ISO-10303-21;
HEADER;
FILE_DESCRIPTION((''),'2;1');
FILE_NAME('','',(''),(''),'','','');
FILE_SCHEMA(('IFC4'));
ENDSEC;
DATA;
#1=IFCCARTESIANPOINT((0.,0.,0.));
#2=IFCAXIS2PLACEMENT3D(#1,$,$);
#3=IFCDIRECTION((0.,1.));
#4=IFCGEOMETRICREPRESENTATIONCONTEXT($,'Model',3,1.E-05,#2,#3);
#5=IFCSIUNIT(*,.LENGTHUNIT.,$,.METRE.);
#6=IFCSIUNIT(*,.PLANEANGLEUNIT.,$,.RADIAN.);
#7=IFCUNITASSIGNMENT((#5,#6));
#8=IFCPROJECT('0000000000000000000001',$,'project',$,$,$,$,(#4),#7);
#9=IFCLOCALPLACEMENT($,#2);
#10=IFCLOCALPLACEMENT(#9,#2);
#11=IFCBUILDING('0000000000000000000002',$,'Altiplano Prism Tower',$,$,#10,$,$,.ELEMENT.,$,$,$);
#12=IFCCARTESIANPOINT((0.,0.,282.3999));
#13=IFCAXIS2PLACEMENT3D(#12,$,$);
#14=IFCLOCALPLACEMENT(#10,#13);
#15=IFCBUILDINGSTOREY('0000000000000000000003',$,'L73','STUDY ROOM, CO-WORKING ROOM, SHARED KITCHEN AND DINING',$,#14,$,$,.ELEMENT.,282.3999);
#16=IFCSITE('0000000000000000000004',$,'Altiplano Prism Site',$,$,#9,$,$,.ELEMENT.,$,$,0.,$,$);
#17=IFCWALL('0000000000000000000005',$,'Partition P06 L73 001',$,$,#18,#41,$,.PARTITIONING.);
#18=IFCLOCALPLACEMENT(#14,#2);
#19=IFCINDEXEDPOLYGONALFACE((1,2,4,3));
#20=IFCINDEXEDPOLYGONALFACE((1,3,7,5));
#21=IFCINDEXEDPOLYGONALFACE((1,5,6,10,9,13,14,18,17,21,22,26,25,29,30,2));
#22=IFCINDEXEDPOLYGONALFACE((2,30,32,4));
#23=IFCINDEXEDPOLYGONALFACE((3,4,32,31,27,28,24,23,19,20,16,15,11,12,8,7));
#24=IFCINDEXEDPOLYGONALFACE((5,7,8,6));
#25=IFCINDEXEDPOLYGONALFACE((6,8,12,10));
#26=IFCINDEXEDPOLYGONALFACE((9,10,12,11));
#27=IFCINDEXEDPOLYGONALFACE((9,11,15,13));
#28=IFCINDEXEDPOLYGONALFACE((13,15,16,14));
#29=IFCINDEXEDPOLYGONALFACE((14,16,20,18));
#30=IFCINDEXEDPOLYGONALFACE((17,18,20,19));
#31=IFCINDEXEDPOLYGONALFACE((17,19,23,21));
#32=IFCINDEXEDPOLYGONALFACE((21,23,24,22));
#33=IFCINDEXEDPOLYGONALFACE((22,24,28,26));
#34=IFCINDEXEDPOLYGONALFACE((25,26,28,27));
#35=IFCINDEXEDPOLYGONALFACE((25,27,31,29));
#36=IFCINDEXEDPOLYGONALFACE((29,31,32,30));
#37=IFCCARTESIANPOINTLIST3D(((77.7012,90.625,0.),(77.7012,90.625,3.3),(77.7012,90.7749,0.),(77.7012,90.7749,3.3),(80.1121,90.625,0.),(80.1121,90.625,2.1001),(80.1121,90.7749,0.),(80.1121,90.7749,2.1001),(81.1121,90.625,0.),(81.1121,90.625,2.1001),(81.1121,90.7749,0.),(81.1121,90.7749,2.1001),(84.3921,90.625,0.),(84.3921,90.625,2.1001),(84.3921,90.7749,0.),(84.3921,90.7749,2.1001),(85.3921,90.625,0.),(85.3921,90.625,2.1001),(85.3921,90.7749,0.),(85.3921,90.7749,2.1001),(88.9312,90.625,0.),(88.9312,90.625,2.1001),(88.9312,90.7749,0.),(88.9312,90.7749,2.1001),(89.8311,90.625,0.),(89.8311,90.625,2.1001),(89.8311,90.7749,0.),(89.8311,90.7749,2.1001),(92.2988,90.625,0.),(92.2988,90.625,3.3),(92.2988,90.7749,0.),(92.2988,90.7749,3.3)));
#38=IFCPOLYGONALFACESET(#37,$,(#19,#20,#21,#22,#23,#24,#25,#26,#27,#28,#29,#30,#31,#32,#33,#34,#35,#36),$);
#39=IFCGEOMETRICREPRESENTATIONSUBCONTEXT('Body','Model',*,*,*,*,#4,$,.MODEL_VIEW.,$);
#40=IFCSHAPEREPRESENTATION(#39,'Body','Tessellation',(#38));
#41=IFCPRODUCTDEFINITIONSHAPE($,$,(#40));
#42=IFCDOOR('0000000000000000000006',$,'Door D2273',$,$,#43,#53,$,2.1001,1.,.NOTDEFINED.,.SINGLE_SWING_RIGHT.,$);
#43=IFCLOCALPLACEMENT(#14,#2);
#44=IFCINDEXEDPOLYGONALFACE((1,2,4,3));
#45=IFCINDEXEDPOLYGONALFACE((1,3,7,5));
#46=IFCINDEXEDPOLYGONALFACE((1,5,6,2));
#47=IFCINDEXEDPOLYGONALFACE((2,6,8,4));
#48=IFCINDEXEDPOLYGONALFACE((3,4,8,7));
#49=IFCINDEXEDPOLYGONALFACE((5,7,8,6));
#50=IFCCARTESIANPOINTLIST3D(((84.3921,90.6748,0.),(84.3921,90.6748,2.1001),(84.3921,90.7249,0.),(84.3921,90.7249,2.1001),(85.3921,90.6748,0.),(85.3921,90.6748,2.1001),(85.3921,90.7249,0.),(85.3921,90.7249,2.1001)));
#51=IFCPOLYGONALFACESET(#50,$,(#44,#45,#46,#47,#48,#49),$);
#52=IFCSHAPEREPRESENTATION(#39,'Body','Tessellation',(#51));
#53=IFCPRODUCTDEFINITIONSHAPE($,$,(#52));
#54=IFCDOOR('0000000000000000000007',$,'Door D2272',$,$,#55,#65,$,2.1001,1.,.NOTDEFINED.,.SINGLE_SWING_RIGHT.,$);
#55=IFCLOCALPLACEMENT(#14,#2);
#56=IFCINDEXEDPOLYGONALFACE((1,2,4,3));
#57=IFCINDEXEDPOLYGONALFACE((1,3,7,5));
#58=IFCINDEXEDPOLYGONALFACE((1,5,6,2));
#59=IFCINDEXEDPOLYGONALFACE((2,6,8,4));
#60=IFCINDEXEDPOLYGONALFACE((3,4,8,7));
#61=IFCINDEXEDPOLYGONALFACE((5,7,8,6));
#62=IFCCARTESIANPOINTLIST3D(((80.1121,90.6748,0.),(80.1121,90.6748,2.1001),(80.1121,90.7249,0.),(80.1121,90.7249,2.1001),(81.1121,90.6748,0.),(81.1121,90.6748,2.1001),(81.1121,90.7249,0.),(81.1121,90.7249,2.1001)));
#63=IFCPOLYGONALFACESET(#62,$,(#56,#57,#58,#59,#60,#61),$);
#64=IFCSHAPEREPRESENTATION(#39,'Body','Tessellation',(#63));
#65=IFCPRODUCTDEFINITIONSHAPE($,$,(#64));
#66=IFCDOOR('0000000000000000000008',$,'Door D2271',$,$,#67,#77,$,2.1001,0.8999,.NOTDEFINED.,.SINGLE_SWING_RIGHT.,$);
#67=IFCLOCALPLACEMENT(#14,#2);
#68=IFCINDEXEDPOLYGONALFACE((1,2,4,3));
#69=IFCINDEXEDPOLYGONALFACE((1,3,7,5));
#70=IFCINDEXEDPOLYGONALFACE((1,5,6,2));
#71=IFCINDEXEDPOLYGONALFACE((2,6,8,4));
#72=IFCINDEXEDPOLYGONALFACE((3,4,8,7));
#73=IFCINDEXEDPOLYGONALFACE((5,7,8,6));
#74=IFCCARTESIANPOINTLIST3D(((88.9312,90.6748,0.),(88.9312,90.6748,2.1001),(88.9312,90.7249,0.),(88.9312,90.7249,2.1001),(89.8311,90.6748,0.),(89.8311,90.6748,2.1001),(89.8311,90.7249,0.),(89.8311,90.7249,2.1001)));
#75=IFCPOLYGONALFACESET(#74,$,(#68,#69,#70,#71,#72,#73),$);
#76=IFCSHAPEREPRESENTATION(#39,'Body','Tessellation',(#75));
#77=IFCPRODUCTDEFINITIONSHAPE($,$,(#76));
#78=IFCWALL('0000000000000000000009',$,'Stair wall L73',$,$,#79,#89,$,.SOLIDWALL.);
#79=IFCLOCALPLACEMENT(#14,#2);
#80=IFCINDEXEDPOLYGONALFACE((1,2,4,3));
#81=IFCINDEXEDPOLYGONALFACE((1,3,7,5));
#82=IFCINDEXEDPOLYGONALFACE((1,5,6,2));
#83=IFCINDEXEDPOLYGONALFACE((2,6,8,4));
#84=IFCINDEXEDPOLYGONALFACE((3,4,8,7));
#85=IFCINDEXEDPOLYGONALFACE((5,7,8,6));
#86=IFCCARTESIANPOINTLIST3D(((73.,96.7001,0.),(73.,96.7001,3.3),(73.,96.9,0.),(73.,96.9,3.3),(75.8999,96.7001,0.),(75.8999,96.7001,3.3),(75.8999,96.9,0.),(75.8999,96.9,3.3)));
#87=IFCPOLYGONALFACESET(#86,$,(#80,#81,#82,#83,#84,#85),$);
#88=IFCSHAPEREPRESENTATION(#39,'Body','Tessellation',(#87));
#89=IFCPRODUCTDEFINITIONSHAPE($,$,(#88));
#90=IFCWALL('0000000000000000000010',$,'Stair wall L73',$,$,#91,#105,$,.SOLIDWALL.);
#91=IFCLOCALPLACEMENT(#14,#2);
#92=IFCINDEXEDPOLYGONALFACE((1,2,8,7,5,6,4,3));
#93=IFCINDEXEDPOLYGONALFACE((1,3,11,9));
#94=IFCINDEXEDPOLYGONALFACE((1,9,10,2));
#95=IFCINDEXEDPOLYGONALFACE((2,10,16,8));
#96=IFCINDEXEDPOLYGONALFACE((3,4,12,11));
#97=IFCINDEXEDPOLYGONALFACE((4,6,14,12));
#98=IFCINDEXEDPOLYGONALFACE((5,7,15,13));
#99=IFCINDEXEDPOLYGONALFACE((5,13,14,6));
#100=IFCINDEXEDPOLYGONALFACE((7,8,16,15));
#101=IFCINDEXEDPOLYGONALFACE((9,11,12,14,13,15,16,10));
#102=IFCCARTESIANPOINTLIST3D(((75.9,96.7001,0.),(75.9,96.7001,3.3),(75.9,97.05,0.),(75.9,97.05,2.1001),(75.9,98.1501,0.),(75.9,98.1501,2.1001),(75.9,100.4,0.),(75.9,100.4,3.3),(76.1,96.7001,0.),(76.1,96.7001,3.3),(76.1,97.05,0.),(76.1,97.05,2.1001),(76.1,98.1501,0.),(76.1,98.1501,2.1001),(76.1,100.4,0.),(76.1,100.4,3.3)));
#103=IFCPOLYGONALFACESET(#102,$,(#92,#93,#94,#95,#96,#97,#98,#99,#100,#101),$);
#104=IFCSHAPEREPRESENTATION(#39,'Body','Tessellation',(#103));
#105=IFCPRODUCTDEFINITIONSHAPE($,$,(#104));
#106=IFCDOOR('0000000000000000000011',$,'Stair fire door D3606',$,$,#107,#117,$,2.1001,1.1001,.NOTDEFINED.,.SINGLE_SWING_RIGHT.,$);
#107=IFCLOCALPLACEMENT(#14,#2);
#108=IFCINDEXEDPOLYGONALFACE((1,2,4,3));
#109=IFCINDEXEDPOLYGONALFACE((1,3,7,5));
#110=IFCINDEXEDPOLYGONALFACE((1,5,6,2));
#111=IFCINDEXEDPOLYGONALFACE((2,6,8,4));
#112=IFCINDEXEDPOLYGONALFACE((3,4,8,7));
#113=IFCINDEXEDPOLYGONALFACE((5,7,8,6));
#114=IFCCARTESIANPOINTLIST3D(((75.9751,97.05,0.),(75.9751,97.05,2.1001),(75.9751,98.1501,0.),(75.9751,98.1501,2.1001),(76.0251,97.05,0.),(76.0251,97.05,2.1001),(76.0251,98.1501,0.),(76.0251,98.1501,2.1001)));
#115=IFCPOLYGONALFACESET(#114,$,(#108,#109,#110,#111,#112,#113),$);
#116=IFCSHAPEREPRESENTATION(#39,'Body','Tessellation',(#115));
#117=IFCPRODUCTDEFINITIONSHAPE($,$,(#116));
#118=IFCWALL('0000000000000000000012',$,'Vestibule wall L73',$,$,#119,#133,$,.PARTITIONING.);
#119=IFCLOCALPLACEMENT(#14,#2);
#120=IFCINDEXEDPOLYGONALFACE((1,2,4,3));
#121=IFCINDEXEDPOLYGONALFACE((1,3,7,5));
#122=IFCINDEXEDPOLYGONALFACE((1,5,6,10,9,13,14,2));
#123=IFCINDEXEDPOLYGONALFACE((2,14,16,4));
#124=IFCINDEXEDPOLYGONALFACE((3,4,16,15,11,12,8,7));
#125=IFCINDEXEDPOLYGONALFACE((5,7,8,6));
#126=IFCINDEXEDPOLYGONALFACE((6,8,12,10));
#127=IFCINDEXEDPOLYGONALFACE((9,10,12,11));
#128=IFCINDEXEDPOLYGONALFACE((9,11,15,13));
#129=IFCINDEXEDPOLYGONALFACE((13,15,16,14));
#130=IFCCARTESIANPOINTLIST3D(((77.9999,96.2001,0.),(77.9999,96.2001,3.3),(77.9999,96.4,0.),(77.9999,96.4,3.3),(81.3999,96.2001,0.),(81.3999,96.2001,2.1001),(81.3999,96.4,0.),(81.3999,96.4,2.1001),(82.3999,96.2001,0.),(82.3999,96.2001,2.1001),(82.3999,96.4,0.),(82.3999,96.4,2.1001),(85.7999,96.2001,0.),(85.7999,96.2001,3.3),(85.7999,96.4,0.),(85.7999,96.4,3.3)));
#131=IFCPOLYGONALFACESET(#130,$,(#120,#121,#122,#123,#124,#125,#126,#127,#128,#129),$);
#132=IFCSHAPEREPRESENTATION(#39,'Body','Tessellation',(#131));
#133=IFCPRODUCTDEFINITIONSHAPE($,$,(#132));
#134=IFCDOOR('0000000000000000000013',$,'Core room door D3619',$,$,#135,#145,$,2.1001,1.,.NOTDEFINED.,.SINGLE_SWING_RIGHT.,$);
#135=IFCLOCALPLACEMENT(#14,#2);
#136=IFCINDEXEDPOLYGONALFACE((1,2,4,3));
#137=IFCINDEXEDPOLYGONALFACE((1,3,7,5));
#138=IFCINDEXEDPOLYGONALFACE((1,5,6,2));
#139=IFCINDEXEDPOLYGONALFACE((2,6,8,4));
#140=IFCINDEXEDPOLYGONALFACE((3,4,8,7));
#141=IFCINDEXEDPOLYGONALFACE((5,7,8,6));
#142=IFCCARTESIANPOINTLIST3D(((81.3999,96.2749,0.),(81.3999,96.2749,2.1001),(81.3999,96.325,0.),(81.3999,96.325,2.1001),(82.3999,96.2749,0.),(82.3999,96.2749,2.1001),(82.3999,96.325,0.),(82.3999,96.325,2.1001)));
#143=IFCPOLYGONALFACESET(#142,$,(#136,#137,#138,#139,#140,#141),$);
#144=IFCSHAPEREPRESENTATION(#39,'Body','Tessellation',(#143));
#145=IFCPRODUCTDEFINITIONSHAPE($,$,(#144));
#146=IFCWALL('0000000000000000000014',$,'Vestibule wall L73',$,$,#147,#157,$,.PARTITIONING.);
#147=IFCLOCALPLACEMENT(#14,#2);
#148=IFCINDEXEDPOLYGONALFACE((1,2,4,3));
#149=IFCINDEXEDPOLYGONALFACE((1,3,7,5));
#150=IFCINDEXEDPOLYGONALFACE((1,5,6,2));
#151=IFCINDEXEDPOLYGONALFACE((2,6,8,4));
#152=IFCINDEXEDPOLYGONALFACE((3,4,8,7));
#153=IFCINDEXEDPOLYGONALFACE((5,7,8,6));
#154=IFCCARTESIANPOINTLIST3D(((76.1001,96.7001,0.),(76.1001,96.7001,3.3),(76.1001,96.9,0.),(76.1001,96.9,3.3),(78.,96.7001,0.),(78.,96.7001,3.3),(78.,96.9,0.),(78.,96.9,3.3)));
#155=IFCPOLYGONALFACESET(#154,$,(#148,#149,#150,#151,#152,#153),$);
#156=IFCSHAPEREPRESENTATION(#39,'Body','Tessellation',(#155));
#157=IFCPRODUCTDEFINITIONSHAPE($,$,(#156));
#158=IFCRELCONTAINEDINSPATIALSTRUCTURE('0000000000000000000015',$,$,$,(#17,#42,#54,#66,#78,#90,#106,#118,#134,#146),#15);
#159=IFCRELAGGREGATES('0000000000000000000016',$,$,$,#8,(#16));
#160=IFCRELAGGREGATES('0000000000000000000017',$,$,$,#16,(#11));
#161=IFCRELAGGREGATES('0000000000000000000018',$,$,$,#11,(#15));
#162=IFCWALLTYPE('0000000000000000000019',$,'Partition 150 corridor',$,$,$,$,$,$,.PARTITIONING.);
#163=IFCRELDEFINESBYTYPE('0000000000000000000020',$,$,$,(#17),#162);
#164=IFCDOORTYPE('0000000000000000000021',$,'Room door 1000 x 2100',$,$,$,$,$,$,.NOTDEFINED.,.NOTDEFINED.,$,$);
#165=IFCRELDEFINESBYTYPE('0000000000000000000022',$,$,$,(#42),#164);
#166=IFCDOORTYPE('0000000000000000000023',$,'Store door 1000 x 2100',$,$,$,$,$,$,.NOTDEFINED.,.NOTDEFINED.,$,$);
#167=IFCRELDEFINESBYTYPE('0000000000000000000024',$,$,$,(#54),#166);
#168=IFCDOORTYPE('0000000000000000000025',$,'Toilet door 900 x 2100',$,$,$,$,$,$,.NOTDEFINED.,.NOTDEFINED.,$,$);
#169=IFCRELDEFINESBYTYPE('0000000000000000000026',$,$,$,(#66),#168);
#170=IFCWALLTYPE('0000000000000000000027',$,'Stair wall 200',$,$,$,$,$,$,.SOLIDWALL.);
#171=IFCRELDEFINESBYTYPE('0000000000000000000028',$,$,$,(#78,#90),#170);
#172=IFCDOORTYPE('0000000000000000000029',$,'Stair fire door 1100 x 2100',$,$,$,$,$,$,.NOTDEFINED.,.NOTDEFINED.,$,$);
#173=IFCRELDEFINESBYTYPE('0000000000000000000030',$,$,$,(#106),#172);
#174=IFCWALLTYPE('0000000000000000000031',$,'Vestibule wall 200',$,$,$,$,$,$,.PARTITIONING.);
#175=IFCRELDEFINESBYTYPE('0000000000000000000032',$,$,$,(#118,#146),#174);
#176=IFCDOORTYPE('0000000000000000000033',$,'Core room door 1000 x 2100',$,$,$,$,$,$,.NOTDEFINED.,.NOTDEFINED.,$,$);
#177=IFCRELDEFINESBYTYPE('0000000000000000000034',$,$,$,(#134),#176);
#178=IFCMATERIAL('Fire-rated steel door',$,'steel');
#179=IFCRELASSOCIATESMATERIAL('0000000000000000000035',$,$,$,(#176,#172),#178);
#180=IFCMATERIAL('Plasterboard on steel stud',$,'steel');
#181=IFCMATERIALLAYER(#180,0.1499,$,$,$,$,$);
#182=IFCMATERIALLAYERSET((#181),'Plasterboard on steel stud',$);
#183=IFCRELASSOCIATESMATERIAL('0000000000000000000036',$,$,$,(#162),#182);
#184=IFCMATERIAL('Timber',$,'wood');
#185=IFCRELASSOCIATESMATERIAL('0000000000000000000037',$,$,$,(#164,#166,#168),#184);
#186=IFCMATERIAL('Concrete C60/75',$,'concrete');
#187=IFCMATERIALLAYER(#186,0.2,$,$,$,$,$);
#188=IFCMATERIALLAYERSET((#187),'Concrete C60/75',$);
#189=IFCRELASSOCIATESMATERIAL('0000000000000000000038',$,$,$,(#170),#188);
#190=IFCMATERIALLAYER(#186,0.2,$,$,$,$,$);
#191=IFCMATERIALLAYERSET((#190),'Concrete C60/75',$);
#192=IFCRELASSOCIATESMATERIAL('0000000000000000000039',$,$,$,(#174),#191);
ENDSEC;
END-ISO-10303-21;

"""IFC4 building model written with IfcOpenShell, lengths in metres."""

from ifc_helpers import new_model, si_unit, direction, frame, frame_2d, origin, place, context, subcontext, project, spatial, rectangle, extrude, material, layer, layer_set, type_object, element, fill, save


model = new_model("IFC4")

# Units and contexts
model_context = context("Model", 3, precision=1e-05, world=origin(), true_north=direction((0.0, 1.0)))
body_context = subcontext(model_context, "Body", "Model", "MODEL_VIEW")
ifc_project = project(units=[si_unit("LENGTHUNIT", "METRE"), si_unit("PLANEANGLEUNIT", "RADIAN")], contexts=[model_context])

# Site, building, storey
site_placement = place(None, origin())
site = spatial("IfcSite", under=ifc_project, at=site_placement, Name="Altiplano Prism Site", CompositionType="ELEMENT", RefElevation=0.0)
building_placement = place(site_placement, origin())
building = spatial("IfcBuilding", under=site, at=building_placement, Name="Altiplano Prism Tower", CompositionType="ELEMENT")
storey_placement = place(building_placement, frame((0.0, 0.0, 282.3999)))
storey = spatial("IfcBuildingStorey", under=building, at=storey_placement, Name="L73", Description="STUDY ROOM, CO-WORKING ROOM, SHARED KITCHEN AND DINING", CompositionType="ELEMENT", Elevation=282.3999)

# Shared definitions
ifc_material_1 = material(Name="Concrete C60/75", Category="concrete")

# Wall, openings, doors
ifc_material_2 = material(Name="Fire-rated steel door", Category="steel")
door_type_1 = type_object("IfcDoorType", Name="Core room door 1000 x 2100", OperationType="NOTDEFINED", PredefinedType="NOTDEFINED", material=ifc_material_2)
ifc_material_3 = material(Name="Plasterboard on steel stud", Category="steel")
ifc_layer_1 = layer(ifc_material_3, 0.1499)
ifc_layer_set_1 = layer_set([ifc_layer_1], Name="Plasterboard on steel stud")
wall_type_1 = type_object("IfcWallType", Name="Partition 150 corridor", PredefinedType="PARTITIONING", material=ifc_layer_set_1)
wall_1_placement = place(storey_placement, frame((77.7012, 90.7, 0.0), z_axis=(0.0, 0.0, 1.0), x_axis=(1.0, 0.0, 0.0)))
wall_1 = element("IfcWall", 1, at=wall_1_placement, inside=storey, type_object=wall_type_1, Name="Partition P06 L73 001", PredefinedType="PARTITIONING", context=body_context, shape_type="SweptSolid", body=[
    extrude(rectangle(XDim=14.5977, YDim=0.1499, at=frame_2d((7.2988, 0.0))), origin(), (0.0, 0.0, 1.0), 3.3),
])
opening_1_placement = place(wall_1_placement, frame((11.23, 0.0, 0.0)))
opening_1 = element("IfcOpeningElement", 2, at=opening_1_placement, cuts=wall_1, PredefinedType="OPENING", context=body_context, shape_type="SweptSolid", body=[
    extrude(rectangle(XDim=0.8999, YDim=2.1001, at=frame_2d((0.45, 1.05))), frame((0.0, 0.0854, 0.0), z_axis=(0.0, -1.0, 0.0), x_axis=(1.0, 0.0, 0.0)), (0.0, 0.0, 1.0), 0.1709),
])
opening_2_placement = place(wall_1_placement, frame((2.4109, 0.0, 0.0)))
opening_2 = element("IfcOpeningElement", 3, at=opening_2_placement, cuts=wall_1, PredefinedType="OPENING", context=body_context, shape_type="SweptSolid", body=[
    extrude(rectangle(XDim=1.0, YDim=2.1001, at=frame_2d((0.5, 1.05))), frame((0.0, 0.0854, 0.0), z_axis=(0.0, -1.0, 0.0), x_axis=(1.0, 0.0, 0.0)), (0.0, 0.0, 1.0), 0.1709),
])
opening_3_placement = place(wall_1_placement, frame((6.6909, 0.0, 0.0)))
opening_3 = element("IfcOpeningElement", 4, at=opening_3_placement, cuts=wall_1, PredefinedType="OPENING", context=body_context, shape_type="SweptSolid", body=[
    extrude(rectangle(XDim=1.0, YDim=2.1001, at=frame_2d((0.5, 1.05))), frame((0.0, 0.0854, 0.0), z_axis=(0.0, -1.0, 0.0), x_axis=(1.0, 0.0, 0.0)), (0.0, 0.0, 1.0), 0.1709),
])
ifc_material_4 = material(Name="Timber", Category="wood")
door_type_2 = type_object("IfcDoorType", Name="Room door 1000 x 2100", OperationType="NOTDEFINED", PredefinedType="NOTDEFINED", material=ifc_material_4)
door_1_placement = place(opening_3_placement, origin())
door_1 = element("IfcDoor", 5, at=door_1_placement, inside=storey, type_object=door_type_2, Name="Door D2273", OperationType="SINGLE_SWING_RIGHT", OverallHeight=2.1001, OverallWidth=1.0, PredefinedType="NOTDEFINED", context=body_context, shape_type="SweptSolid", body=[
    extrude(rectangle(XDim=1.0, YDim=2.1001, at=frame_2d((0.5, 1.05))), frame((0.0, 0.0249, 0.0), z_axis=(0.0, -1.0, 0.0), x_axis=(1.0, 0.0, 0.0)), (0.0, 0.0, 1.0), 0.05),
])
fill(opening_3, door_1)
door_type_3 = type_object("IfcDoorType", Name="Store door 1000 x 2100", OperationType="NOTDEFINED", PredefinedType="NOTDEFINED", material=ifc_material_4)
door_2_placement = place(opening_2_placement, origin())
door_2 = element("IfcDoor", 6, at=door_2_placement, inside=storey, type_object=door_type_3, Name="Door D2272", OperationType="SINGLE_SWING_RIGHT", OverallHeight=2.1001, OverallWidth=1.0, PredefinedType="NOTDEFINED", context=body_context, shape_type="SweptSolid", body=[
    extrude(rectangle(XDim=1.0, YDim=2.1001, at=frame_2d((0.5, 1.05))), frame((0.0, 0.0249, 0.0), z_axis=(0.0, -1.0, 0.0), x_axis=(1.0, 0.0, 0.0)), (0.0, 0.0, 1.0), 0.05),
])
fill(opening_2, door_2)
door_type_4 = type_object("IfcDoorType", Name="Toilet door 900 x 2100", OperationType="NOTDEFINED", PredefinedType="NOTDEFINED", material=ifc_material_4)
door_3_placement = place(opening_1_placement, origin())
door_3 = element("IfcDoor", 7, at=door_3_placement, inside=storey, type_object=door_type_4, Name="Door D2271", OperationType="SINGLE_SWING_RIGHT", OverallHeight=2.1001, OverallWidth=0.8999, PredefinedType="NOTDEFINED", context=body_context, shape_type="SweptSolid", body=[
    extrude(rectangle(XDim=0.8999, YDim=2.1001, at=frame_2d((0.45, 1.05))), frame((0.0, 0.0249, 0.0), z_axis=(0.0, -1.0, 0.0), x_axis=(1.0, 0.0, 0.0)), (0.0, 0.0, 1.0), 0.05),
])
fill(opening_1, door_3)

# Wall
ifc_layer_2 = layer(ifc_material_1, 0.2)
ifc_layer_set_2 = layer_set([ifc_layer_2], Name="Concrete C60/75")
wall_type_2 = type_object("IfcWallType", Name="Stair wall 200", PredefinedType="SOLIDWALL", material=ifc_layer_set_2)
wall_2_placement = place(storey_placement, frame((73.0, 96.8, 0.0), z_axis=(0.0, 0.0, 1.0), x_axis=(1.0, 0.0, 0.0)))
element("IfcWall", 8, at=wall_2_placement, inside=storey, type_object=wall_type_2, Name="Stair wall L73", PredefinedType="SOLIDWALL", context=body_context, shape_type="SweptSolid", body=[
    extrude(rectangle(XDim=2.8999, YDim=0.2, at=frame_2d((1.45, 0.0))), origin(), (0.0, 0.0, 1.0), 3.3),
])

# Walls, openings, doors
wall_3_placement = place(storey_placement, frame((76.0, 96.7, 0.0), z_axis=(0.0, 0.0, 1.0), x_axis=(0.0, 1.0, 0.0)))
wall_3 = element("IfcWall", 9, at=wall_3_placement, inside=storey, type_object=wall_type_2, Name="Stair wall L73", PredefinedType="SOLIDWALL", context=body_context, shape_type="SweptSolid", body=[
    extrude(rectangle(XDim=3.7, YDim=0.2, at=frame_2d((1.8501, 0.0))), origin(), (0.0, 0.0, 1.0), 3.3),
])
opening_4_placement = place(wall_3_placement, frame((0.3501, 0.0, 0.0)))
opening_4 = element("IfcOpeningElement", 10, at=opening_4_placement, cuts=wall_3, PredefinedType="OPENING", context=body_context, shape_type="SweptSolid", body=[
    extrude(rectangle(XDim=1.1001, YDim=2.1001, at=frame_2d((0.55, 1.05))), frame((0.0, 0.1104, 0.0), z_axis=(0.0, -1.0, 0.0), x_axis=(1.0, 0.0, 0.0)), (0.0, 0.0, 1.0), 0.2209),
])
door_type_5 = type_object("IfcDoorType", Name="Stair fire door 1100 x 2100", OperationType="NOTDEFINED", PredefinedType="NOTDEFINED", material=ifc_material_2)
door_4_placement = place(opening_4_placement, origin())
door_4 = element("IfcDoor", 11, at=door_4_placement, inside=storey, type_object=door_type_5, Name="Stair fire door D3606", OperationType="SINGLE_SWING_RIGHT", OverallHeight=2.1001, OverallWidth=1.1001, PredefinedType="NOTDEFINED", context=body_context, shape_type="SweptSolid", body=[
    extrude(rectangle(XDim=1.1001, YDim=2.1001, at=frame_2d((0.55, 1.05))), frame((0.0, 0.0249, 0.0), z_axis=(0.0, -1.0, 0.0), x_axis=(1.0, 0.0, 0.0)), (0.0, 0.0, 1.0), 0.05),
])
fill(opening_4, door_4)
ifc_layer_3 = layer(ifc_material_1, 0.2)
ifc_layer_set_3 = layer_set([ifc_layer_3], Name="Concrete C60/75")
wall_type_3 = type_object("IfcWallType", Name="Vestibule wall 200", PredefinedType="PARTITIONING", material=ifc_layer_set_3)
wall_4_placement = place(storey_placement, frame((78.0, 96.3, 0.0), z_axis=(0.0, 0.0, 1.0), x_axis=(1.0, 0.0, 0.0)))
wall_4 = element("IfcWall", 12, at=wall_4_placement, inside=storey, type_object=wall_type_3, Name="Vestibule wall L73", PredefinedType="PARTITIONING", context=body_context, shape_type="SweptSolid", body=[
    extrude(rectangle(XDim=7.8, YDim=0.2, at=frame_2d((3.8999, 0.0))), origin(), (0.0, 0.0, 1.0), 3.3),
])
opening_5_placement = place(wall_4_placement, frame((3.3999, 0.0, 0.0)))
opening_5 = element("IfcOpeningElement", 13, at=opening_5_placement, cuts=wall_4, PredefinedType="OPENING", context=body_context, shape_type="SweptSolid", body=[
    extrude(rectangle(XDim=1.0, YDim=2.1001, at=frame_2d((0.5, 1.05))), frame((0.0, 0.1104, 0.0), z_axis=(0.0, -1.0, 0.0), x_axis=(1.0, 0.0, 0.0)), (0.0, 0.0, 1.0), 0.2209),
])
door_5_placement = place(opening_5_placement, origin())
door_5 = element("IfcDoor", 14, at=door_5_placement, inside=storey, type_object=door_type_1, Name="Core room door D3619", OperationType="SINGLE_SWING_RIGHT", OverallHeight=2.1001, OverallWidth=1.0, PredefinedType="NOTDEFINED", context=body_context, shape_type="SweptSolid", body=[
    extrude(rectangle(XDim=1.0, YDim=2.1001, at=frame_2d((0.5, 1.05))), frame((0.0, 0.0249, 0.0), z_axis=(0.0, -1.0, 0.0), x_axis=(1.0, 0.0, 0.0)), (0.0, 0.0, 1.0), 0.05),
])
fill(opening_5, door_5)

# Wall
wall_5_placement = place(storey_placement, frame((76.1001, 96.8, 0.0), z_axis=(0.0, 0.0, 1.0), x_axis=(1.0, 0.0, 0.0)))
element("IfcWall", 15, at=wall_5_placement, inside=storey, type_object=wall_type_3, Name="Vestibule wall L73", PredefinedType="PARTITIONING", context=body_context, shape_type="SweptSolid", body=[
    extrude(rectangle(XDim=1.8999, YDim=0.2, at=frame_2d((0.95, 0.0))), origin(), (0.0, 0.0, 1.0), 3.3),
])

save(model, "model.ifc")
